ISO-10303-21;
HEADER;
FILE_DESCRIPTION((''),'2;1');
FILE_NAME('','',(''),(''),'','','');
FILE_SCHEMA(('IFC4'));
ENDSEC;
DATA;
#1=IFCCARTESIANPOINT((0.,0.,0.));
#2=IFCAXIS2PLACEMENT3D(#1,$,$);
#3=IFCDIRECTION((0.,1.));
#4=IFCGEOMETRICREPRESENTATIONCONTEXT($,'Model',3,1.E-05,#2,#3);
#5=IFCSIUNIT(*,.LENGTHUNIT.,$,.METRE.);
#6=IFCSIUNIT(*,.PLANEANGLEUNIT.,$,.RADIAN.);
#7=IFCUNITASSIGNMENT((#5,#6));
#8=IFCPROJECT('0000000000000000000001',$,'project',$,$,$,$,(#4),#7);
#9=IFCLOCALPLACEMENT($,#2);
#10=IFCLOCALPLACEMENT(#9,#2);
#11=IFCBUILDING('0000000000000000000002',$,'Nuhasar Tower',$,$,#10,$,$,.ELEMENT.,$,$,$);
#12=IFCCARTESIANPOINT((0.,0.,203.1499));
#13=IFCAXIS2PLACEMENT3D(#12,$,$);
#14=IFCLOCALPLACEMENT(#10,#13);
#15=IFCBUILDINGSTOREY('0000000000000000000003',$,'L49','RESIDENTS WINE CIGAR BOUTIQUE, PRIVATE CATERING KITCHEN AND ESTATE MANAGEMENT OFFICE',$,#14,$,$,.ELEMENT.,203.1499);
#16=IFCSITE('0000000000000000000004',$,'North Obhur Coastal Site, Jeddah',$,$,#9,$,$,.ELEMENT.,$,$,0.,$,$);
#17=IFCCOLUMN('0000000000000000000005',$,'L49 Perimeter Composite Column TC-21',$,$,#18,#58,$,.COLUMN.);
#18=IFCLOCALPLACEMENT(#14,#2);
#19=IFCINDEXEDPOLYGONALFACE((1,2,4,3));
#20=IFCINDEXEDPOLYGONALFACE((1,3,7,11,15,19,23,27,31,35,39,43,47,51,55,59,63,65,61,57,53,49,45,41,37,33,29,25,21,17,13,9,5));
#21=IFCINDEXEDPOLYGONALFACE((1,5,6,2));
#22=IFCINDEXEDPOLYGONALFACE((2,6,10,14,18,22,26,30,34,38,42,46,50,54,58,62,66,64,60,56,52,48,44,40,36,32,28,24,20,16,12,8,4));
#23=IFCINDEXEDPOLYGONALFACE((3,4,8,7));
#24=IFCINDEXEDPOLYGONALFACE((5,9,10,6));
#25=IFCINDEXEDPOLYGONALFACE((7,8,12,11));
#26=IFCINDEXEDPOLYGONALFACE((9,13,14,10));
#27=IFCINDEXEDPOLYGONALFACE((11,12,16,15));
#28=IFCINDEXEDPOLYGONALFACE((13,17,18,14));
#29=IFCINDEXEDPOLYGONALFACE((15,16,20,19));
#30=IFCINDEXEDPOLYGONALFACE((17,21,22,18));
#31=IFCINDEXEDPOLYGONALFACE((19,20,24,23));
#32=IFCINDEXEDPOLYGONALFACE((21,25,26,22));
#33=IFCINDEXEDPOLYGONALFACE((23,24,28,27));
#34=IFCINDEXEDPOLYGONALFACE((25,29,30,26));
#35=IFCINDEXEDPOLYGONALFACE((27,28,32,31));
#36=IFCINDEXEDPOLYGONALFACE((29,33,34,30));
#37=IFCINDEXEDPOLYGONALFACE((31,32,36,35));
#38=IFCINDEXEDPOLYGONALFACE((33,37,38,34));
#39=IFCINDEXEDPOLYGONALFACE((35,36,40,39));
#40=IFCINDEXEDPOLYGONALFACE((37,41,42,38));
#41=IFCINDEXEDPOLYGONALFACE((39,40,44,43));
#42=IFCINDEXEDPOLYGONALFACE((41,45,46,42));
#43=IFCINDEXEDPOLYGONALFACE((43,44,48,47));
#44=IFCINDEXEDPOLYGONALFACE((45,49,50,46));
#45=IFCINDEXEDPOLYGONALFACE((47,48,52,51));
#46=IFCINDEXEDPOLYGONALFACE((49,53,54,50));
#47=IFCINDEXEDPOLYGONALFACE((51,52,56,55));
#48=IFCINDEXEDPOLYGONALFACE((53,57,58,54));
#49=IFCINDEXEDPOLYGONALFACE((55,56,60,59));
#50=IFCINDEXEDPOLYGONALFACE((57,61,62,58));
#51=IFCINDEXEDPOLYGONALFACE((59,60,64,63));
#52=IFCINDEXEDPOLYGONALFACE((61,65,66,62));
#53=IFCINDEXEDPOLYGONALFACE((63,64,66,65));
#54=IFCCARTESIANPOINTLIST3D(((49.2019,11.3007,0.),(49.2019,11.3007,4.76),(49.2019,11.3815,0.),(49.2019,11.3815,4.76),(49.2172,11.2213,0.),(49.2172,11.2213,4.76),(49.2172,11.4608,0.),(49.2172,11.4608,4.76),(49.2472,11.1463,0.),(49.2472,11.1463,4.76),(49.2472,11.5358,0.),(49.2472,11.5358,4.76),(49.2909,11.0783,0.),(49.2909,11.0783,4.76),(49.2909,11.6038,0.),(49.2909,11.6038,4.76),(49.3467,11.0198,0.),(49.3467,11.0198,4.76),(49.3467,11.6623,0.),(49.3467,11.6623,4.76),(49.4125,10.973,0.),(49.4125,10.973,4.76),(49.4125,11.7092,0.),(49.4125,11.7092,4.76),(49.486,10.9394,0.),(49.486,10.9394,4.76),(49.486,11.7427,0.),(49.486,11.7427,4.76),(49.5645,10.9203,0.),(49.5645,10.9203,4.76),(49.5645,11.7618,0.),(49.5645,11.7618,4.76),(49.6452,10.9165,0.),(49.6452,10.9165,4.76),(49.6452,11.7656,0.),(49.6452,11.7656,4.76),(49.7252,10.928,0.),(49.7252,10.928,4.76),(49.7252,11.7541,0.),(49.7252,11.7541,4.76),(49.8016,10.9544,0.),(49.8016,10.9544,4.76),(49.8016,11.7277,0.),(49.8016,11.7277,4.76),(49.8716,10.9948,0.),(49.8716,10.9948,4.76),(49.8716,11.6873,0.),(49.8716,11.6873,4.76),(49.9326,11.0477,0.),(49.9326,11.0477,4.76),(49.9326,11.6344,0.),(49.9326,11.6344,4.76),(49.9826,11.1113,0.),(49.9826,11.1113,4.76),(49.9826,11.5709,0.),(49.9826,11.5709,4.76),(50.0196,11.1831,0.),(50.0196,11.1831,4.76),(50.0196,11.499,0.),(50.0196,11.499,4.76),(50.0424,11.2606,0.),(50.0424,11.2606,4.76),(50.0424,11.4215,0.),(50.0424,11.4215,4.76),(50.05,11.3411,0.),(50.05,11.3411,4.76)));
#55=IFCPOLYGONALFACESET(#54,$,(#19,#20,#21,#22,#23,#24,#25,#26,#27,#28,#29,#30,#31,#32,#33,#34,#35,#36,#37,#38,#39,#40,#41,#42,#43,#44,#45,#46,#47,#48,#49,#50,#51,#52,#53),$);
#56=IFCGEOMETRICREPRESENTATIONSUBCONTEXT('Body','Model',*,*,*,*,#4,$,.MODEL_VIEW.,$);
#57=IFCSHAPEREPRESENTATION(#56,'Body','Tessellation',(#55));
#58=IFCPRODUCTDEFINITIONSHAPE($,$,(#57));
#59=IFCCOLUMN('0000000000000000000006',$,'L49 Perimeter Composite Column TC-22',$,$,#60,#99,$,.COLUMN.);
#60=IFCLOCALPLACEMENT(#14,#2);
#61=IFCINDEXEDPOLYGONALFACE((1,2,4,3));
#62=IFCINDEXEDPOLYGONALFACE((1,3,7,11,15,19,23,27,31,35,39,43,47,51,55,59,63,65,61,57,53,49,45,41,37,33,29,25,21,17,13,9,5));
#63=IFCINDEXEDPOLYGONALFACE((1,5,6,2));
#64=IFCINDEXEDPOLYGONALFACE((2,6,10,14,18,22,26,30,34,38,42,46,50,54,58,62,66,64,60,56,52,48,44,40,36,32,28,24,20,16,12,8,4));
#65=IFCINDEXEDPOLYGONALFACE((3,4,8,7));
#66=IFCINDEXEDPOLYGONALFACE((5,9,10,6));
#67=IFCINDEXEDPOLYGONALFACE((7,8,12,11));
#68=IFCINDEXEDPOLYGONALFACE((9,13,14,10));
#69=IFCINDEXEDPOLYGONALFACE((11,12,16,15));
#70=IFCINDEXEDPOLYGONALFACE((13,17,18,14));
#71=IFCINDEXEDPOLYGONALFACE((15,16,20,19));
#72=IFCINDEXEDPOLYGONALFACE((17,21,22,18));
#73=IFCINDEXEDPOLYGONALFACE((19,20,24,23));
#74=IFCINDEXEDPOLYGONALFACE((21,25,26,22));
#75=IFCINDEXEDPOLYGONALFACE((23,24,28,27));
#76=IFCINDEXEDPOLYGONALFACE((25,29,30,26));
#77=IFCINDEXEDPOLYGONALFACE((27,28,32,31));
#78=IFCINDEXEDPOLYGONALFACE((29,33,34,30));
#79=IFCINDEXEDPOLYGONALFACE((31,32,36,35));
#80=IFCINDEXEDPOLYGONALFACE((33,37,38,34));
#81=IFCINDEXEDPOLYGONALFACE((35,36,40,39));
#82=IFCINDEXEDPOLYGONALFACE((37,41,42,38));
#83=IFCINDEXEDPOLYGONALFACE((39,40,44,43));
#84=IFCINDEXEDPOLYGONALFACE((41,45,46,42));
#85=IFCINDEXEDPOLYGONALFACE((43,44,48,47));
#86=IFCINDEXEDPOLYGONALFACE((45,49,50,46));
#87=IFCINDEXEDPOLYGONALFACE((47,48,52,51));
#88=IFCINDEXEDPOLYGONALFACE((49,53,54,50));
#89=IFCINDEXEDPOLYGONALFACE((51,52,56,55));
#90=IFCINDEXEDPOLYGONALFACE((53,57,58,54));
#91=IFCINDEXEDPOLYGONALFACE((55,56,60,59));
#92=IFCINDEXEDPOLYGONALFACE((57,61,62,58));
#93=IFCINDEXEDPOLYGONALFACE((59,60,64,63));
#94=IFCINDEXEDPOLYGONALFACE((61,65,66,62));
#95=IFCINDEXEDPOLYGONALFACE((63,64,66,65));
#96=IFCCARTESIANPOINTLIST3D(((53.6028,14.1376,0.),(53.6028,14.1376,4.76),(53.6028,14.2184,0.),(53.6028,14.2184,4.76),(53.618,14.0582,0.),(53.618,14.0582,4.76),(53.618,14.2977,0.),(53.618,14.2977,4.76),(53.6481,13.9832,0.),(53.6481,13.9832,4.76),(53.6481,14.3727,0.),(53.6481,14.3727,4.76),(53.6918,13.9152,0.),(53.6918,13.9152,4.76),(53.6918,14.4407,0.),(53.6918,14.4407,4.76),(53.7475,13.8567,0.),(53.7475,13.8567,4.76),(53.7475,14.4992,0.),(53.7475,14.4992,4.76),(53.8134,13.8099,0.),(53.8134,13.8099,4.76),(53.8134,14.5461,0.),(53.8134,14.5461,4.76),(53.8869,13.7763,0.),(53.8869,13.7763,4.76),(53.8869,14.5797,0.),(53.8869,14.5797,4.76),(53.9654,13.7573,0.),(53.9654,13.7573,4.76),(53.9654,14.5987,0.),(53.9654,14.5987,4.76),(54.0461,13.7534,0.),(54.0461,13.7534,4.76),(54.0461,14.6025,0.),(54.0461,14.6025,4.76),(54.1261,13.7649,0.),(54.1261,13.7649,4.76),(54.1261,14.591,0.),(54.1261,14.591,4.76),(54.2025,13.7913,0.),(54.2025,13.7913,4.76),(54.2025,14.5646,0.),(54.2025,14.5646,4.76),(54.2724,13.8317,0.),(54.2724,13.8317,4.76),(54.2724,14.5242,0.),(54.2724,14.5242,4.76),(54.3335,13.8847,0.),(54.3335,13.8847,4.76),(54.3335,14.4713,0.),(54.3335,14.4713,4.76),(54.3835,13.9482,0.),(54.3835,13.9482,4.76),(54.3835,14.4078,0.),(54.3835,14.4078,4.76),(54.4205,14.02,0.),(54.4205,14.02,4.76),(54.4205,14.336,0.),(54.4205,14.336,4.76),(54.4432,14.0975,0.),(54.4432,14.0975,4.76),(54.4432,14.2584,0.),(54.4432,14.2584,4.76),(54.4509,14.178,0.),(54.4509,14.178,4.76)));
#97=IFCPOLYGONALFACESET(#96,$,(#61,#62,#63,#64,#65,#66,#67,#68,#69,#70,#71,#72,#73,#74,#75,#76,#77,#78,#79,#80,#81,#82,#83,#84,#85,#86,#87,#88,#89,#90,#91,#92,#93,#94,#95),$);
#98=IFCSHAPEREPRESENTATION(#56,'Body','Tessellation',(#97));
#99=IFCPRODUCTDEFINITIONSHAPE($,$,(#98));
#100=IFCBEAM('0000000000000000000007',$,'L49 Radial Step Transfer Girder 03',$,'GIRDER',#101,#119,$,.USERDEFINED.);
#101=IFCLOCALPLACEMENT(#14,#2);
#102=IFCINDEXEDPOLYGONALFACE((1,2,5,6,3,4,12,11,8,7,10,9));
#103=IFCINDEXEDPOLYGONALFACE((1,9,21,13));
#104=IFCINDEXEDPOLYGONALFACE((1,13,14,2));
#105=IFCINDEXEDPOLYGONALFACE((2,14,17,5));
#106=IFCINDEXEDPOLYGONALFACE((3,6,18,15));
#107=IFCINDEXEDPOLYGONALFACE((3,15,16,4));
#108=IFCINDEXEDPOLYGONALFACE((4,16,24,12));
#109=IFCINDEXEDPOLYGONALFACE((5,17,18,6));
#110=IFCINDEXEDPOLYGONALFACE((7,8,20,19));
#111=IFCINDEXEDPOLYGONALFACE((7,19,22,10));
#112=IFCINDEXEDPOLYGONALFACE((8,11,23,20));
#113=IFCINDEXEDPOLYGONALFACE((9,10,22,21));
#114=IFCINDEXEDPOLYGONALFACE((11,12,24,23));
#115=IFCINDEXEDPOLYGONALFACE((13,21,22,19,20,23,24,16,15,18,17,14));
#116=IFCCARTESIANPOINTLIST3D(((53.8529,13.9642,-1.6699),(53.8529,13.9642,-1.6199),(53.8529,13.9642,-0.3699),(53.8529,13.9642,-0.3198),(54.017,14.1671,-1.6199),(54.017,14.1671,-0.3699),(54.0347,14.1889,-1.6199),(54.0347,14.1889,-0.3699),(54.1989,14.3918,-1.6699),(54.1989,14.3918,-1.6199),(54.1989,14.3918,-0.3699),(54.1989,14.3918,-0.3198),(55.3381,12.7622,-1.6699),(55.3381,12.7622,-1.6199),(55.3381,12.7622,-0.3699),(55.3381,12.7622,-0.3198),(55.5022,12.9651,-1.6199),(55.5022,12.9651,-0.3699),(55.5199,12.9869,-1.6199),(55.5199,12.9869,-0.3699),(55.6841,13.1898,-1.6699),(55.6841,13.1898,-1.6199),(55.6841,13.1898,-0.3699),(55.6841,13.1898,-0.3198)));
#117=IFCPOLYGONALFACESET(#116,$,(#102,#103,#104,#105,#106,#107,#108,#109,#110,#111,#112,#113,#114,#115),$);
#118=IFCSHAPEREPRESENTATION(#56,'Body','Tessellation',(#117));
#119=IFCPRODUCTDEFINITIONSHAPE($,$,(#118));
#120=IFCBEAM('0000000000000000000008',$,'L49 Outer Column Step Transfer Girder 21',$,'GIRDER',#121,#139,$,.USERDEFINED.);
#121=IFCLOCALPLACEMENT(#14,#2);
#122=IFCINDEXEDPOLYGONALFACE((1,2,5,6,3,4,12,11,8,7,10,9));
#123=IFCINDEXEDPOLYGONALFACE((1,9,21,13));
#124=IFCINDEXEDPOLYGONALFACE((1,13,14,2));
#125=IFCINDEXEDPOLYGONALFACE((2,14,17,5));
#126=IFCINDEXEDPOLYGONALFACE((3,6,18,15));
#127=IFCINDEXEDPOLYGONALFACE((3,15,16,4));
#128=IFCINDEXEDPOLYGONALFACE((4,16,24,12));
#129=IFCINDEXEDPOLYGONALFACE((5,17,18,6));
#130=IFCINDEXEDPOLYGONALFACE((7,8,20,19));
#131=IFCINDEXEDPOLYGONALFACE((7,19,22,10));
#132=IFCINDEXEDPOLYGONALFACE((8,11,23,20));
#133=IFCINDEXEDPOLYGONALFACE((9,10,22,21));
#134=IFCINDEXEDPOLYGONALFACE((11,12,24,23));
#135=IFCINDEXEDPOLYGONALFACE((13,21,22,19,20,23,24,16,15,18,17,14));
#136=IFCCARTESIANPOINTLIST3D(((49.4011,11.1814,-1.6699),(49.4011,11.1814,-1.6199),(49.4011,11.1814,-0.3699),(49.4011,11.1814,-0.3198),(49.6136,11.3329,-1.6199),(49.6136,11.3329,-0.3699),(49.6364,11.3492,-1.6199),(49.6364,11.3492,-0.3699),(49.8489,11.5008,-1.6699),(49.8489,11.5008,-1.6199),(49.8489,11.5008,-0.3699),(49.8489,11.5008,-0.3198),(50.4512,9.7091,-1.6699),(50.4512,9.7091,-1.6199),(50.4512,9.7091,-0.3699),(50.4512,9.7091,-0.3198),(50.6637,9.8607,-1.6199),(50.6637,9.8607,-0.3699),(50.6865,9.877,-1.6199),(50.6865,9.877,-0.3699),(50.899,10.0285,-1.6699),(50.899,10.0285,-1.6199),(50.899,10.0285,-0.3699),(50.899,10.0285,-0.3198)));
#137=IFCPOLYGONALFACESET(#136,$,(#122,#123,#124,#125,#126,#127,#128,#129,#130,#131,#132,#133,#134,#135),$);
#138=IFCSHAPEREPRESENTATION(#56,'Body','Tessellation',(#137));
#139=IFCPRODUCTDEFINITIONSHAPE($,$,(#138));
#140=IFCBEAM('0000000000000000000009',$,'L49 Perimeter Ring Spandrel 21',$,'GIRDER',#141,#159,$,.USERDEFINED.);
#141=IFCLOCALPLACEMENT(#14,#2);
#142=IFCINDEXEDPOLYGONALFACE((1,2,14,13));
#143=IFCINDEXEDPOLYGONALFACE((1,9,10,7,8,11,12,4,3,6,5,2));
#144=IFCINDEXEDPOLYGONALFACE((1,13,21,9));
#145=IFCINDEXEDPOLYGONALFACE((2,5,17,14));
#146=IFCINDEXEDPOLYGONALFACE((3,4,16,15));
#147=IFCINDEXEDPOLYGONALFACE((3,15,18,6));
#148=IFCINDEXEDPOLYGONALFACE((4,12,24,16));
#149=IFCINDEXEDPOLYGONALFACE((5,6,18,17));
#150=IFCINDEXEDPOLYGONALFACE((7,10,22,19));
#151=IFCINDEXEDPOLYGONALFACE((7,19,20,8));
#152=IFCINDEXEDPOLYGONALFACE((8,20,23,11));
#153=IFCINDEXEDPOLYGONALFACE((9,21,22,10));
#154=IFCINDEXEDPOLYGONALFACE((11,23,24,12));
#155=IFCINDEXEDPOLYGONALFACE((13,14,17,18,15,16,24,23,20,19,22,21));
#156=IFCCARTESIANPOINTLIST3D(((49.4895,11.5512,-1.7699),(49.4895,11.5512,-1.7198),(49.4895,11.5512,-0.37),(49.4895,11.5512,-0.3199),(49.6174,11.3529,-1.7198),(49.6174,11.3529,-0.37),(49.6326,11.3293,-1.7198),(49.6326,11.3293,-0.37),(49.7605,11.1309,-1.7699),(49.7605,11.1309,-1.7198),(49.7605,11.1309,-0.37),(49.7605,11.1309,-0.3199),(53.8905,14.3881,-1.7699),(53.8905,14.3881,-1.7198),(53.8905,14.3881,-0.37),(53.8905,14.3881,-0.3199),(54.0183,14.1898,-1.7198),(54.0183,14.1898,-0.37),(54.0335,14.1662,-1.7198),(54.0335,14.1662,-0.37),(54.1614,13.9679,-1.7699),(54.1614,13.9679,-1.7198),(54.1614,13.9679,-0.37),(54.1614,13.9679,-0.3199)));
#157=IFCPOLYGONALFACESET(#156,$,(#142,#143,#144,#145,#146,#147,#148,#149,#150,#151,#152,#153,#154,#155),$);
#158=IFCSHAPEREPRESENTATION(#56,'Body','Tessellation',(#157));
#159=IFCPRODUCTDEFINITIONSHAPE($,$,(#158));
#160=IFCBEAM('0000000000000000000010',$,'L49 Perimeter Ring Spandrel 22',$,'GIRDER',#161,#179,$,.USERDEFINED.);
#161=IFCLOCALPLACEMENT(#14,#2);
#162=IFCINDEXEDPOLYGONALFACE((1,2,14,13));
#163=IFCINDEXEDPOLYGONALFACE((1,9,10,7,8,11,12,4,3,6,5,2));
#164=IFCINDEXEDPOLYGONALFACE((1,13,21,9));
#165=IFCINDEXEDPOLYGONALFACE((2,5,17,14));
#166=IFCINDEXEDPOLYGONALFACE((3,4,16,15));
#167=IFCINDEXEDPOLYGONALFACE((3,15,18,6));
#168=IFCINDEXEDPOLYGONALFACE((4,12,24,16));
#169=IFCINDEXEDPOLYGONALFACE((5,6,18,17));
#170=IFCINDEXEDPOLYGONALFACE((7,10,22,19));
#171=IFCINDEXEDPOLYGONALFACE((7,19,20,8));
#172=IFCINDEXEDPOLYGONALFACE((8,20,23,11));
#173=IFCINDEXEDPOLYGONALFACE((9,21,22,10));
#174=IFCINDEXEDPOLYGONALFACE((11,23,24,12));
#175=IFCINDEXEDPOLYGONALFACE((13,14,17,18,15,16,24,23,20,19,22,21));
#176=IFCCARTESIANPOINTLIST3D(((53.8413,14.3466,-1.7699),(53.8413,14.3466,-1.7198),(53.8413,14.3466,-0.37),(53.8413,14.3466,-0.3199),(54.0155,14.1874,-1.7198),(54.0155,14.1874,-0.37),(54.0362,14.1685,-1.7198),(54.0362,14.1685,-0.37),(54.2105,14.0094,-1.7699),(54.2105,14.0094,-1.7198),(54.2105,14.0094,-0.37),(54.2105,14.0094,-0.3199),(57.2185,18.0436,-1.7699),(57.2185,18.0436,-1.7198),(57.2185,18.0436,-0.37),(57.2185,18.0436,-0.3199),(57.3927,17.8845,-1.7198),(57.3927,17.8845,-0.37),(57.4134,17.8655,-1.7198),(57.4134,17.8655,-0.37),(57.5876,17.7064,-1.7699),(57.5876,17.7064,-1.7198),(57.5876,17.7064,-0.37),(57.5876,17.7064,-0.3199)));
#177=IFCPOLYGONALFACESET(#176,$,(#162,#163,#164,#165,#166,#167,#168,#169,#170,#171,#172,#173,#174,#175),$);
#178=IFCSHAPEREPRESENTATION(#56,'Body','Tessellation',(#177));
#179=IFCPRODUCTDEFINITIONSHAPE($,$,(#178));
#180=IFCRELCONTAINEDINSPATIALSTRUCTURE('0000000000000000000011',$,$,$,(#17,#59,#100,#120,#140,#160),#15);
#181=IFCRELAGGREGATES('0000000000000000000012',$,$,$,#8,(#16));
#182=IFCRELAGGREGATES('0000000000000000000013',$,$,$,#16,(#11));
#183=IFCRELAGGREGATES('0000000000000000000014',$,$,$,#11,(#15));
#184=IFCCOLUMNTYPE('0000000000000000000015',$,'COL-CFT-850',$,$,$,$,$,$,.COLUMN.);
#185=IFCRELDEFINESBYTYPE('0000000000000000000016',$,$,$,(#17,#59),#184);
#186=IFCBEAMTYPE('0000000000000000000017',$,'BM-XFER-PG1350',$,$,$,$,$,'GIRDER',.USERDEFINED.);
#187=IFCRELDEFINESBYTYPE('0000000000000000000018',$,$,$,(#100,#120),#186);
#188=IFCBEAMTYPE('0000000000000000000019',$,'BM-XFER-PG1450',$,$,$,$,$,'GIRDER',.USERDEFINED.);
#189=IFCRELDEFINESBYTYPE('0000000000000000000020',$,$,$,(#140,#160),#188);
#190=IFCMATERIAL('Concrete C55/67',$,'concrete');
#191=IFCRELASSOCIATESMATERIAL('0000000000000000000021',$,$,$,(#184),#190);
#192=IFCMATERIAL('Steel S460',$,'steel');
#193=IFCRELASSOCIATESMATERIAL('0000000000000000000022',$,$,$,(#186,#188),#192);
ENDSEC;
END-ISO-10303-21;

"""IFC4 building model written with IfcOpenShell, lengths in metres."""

from ifc_helpers import new_model, si_unit, direction, frame, origin, origin_2d, place, context, subcontext, project, spatial, circle, i_section, extrude, material, material_profile, profile_set, type_object, element, save


model = new_model("IFC4")

# Units and contexts
model_context = context("Model", 3, precision=1e-05, world=origin(), true_north=direction((0.0, 1.0)))
body_context = subcontext(model_context, "Body", "Model", "MODEL_VIEW")
ifc_project = project(units=[si_unit("LENGTHUNIT", "METRE"), si_unit("PLANEANGLEUNIT", "RADIAN")], contexts=[model_context])

# Site, building, storey
site_placement = place(None, origin())
site = spatial("IfcSite", under=ifc_project, at=site_placement, Name="North Obhur Coastal Site, Jeddah", CompositionType="ELEMENT", RefElevation=0.0)
building_placement = place(site_placement, origin())
building = spatial("IfcBuilding", under=site, at=building_placement, Name="Nuhasar Tower", CompositionType="ELEMENT")
storey_placement = place(building_placement, frame((0.0, 0.0, 203.1499)))
storey = spatial("IfcBuildingStorey", under=building, at=storey_placement, Name="L49", Description="RESIDENTS WINE CIGAR BOUTIQUE, PRIVATE CATERING KITCHEN AND ESTATE MANAGEMENT OFFICE", CompositionType="ELEMENT", Elevation=203.1499)

# Columns
ifc_material_1 = material(Name="Concrete C55/67", Category="concrete")
ifc_material_profile_1 = material_profile(ifc_material_1, circle(Radius=0.425, at=origin_2d()), Name="CFT850")
ifc_profile_set_1 = profile_set([ifc_material_profile_1], Name="Concrete C55/67")
column_type = type_object("IfcColumnType", Name="COL-CFT-850", PredefinedType="COLUMN", material=ifc_profile_set_1)
for number, where, z_axis, x_axis, name in (
    (1, (49.625, 11.3411, 0.0), (0.0, 0.0, 1.0), (1.0, 0.0, 0.0), "L49 Perimeter Composite Column TC-21"),
    (2, (54.0259, 14.178, 0.0), (0.0, 0.0, 1.0), (1.0, 0.0, 0.0), "L49 Perimeter Composite Column TC-22"),
):
    element("IfcColumn", number, at=place(storey_placement, frame(where, z_axis=z_axis, x_axis=x_axis)), inside=storey, type_object=column_type, Name=name, PredefinedType="COLUMN", context=body_context, shape_type="SweptSolid", body=[
        extrude(circle(Radius=0.425, at=origin_2d()), origin(), (0.0, 0.0, 1.0), 4.76),
    ])

# Beams
ifc_material_2 = material(Name="Steel S460", Category="steel")
ifc_material_profile_2 = material_profile(ifc_material_2, i_section(OverallWidth=0.55, OverallDepth=1.3501, WebThickness=0.0281, FlangeThickness=0.05, at=origin_2d()), Name="PG1350X550")
ifc_profile_set_2 = profile_set([ifc_material_profile_2], Name="Steel S460")
beam_type_1 = type_object("IfcBeamType", Name="BM-XFER-PG1350", ElementType="GIRDER", PredefinedType="USERDEFINED", material=ifc_profile_set_2)
beam_1_placement = place(storey_placement, frame((54.0259, 14.178, -0.9949), z_axis=(0.777328, -0.629095, 0.0), x_axis=(0.629095, 0.777328, 0.0)))
element("IfcBeam", 3, at=beam_1_placement, inside=storey, type_object=beam_type_1, Name="L49 Radial Step Transfer Girder 03", ObjectType="GIRDER", PredefinedType="USERDEFINED", context=body_context, shape_type="SweptSolid", body=[
    extrude(i_section(OverallWidth=0.55, OverallDepth=1.3501, WebThickness=0.0281, FlangeThickness=0.05, at=origin_2d()), origin(), (0.0, 0.0, 1.0), 1.9106),
])
beam_2_placement = place(storey_placement, frame((49.625, 11.3411, -0.9949), z_axis=(0.580689, -0.814126, 0.0), x_axis=(0.814126, 0.580689, 0.0)))
element("IfcBeam", 4, at=beam_2_placement, inside=storey, type_object=beam_type_1, Name="L49 Outer Column Step Transfer Girder 21", ObjectType="GIRDER", PredefinedType="USERDEFINED", context=body_context, shape_type="SweptSolid", body=[
    extrude(i_section(OverallWidth=0.55, OverallDepth=1.3501, WebThickness=0.0281, FlangeThickness=0.05, at=origin_2d()), origin(), (0.0, 0.0, 1.0), 1.8083),
])
ifc_material_profile_3 = material_profile(ifc_material_2, i_section(OverallWidth=0.5, OverallDepth=1.45, WebThickness=0.0281, FlangeThickness=0.05, at=origin_2d()), Name="PG1450X500")
ifc_profile_set_3 = profile_set([ifc_material_profile_3], Name="Steel S460")
beam_type_2 = type_object("IfcBeamType", Name="BM-XFER-PG1450", ElementType="GIRDER", PredefinedType="USERDEFINED", material=ifc_profile_set_3)
beam_3_placement = place(storey_placement, frame((49.625, 11.3411, -1.0449), z_axis=(0.840502, 0.541808, 0.0), x_axis=(-0.541808, 0.840502, 0.0)))
element("IfcBeam", 5, at=beam_3_placement, inside=storey, type_object=beam_type_2, Name="L49 Perimeter Ring Spandrel 21", ObjectType="GIRDER", PredefinedType="USERDEFINED", context=body_context, shape_type="SweptSolid", body=[
    extrude(i_section(OverallWidth=0.5, OverallDepth=1.45, WebThickness=0.0281, FlangeThickness=0.05, at=origin_2d()), origin(), (0.0, 0.0, 1.0), 5.2361),
])
beam_4_placement = place(storey_placement, frame((54.0259, 14.178, -1.0449), z_axis=(0.67445, 0.738321, 0.0), x_axis=(-0.738321, 0.67445, 0.0)))
element("IfcBeam", 6, at=beam_4_placement, inside=storey, type_object=beam_type_2, Name="L49 Perimeter Ring Spandrel 22", ObjectType="GIRDER", PredefinedType="USERDEFINED", context=body_context, shape_type="SweptSolid", body=[
    extrude(i_section(OverallWidth=0.5, OverallDepth=1.45, WebThickness=0.0281, FlangeThickness=0.05, at=origin_2d()), origin(), (0.0, 0.0, 1.0), 5.0073),
])

save(model, "model.ifc")
